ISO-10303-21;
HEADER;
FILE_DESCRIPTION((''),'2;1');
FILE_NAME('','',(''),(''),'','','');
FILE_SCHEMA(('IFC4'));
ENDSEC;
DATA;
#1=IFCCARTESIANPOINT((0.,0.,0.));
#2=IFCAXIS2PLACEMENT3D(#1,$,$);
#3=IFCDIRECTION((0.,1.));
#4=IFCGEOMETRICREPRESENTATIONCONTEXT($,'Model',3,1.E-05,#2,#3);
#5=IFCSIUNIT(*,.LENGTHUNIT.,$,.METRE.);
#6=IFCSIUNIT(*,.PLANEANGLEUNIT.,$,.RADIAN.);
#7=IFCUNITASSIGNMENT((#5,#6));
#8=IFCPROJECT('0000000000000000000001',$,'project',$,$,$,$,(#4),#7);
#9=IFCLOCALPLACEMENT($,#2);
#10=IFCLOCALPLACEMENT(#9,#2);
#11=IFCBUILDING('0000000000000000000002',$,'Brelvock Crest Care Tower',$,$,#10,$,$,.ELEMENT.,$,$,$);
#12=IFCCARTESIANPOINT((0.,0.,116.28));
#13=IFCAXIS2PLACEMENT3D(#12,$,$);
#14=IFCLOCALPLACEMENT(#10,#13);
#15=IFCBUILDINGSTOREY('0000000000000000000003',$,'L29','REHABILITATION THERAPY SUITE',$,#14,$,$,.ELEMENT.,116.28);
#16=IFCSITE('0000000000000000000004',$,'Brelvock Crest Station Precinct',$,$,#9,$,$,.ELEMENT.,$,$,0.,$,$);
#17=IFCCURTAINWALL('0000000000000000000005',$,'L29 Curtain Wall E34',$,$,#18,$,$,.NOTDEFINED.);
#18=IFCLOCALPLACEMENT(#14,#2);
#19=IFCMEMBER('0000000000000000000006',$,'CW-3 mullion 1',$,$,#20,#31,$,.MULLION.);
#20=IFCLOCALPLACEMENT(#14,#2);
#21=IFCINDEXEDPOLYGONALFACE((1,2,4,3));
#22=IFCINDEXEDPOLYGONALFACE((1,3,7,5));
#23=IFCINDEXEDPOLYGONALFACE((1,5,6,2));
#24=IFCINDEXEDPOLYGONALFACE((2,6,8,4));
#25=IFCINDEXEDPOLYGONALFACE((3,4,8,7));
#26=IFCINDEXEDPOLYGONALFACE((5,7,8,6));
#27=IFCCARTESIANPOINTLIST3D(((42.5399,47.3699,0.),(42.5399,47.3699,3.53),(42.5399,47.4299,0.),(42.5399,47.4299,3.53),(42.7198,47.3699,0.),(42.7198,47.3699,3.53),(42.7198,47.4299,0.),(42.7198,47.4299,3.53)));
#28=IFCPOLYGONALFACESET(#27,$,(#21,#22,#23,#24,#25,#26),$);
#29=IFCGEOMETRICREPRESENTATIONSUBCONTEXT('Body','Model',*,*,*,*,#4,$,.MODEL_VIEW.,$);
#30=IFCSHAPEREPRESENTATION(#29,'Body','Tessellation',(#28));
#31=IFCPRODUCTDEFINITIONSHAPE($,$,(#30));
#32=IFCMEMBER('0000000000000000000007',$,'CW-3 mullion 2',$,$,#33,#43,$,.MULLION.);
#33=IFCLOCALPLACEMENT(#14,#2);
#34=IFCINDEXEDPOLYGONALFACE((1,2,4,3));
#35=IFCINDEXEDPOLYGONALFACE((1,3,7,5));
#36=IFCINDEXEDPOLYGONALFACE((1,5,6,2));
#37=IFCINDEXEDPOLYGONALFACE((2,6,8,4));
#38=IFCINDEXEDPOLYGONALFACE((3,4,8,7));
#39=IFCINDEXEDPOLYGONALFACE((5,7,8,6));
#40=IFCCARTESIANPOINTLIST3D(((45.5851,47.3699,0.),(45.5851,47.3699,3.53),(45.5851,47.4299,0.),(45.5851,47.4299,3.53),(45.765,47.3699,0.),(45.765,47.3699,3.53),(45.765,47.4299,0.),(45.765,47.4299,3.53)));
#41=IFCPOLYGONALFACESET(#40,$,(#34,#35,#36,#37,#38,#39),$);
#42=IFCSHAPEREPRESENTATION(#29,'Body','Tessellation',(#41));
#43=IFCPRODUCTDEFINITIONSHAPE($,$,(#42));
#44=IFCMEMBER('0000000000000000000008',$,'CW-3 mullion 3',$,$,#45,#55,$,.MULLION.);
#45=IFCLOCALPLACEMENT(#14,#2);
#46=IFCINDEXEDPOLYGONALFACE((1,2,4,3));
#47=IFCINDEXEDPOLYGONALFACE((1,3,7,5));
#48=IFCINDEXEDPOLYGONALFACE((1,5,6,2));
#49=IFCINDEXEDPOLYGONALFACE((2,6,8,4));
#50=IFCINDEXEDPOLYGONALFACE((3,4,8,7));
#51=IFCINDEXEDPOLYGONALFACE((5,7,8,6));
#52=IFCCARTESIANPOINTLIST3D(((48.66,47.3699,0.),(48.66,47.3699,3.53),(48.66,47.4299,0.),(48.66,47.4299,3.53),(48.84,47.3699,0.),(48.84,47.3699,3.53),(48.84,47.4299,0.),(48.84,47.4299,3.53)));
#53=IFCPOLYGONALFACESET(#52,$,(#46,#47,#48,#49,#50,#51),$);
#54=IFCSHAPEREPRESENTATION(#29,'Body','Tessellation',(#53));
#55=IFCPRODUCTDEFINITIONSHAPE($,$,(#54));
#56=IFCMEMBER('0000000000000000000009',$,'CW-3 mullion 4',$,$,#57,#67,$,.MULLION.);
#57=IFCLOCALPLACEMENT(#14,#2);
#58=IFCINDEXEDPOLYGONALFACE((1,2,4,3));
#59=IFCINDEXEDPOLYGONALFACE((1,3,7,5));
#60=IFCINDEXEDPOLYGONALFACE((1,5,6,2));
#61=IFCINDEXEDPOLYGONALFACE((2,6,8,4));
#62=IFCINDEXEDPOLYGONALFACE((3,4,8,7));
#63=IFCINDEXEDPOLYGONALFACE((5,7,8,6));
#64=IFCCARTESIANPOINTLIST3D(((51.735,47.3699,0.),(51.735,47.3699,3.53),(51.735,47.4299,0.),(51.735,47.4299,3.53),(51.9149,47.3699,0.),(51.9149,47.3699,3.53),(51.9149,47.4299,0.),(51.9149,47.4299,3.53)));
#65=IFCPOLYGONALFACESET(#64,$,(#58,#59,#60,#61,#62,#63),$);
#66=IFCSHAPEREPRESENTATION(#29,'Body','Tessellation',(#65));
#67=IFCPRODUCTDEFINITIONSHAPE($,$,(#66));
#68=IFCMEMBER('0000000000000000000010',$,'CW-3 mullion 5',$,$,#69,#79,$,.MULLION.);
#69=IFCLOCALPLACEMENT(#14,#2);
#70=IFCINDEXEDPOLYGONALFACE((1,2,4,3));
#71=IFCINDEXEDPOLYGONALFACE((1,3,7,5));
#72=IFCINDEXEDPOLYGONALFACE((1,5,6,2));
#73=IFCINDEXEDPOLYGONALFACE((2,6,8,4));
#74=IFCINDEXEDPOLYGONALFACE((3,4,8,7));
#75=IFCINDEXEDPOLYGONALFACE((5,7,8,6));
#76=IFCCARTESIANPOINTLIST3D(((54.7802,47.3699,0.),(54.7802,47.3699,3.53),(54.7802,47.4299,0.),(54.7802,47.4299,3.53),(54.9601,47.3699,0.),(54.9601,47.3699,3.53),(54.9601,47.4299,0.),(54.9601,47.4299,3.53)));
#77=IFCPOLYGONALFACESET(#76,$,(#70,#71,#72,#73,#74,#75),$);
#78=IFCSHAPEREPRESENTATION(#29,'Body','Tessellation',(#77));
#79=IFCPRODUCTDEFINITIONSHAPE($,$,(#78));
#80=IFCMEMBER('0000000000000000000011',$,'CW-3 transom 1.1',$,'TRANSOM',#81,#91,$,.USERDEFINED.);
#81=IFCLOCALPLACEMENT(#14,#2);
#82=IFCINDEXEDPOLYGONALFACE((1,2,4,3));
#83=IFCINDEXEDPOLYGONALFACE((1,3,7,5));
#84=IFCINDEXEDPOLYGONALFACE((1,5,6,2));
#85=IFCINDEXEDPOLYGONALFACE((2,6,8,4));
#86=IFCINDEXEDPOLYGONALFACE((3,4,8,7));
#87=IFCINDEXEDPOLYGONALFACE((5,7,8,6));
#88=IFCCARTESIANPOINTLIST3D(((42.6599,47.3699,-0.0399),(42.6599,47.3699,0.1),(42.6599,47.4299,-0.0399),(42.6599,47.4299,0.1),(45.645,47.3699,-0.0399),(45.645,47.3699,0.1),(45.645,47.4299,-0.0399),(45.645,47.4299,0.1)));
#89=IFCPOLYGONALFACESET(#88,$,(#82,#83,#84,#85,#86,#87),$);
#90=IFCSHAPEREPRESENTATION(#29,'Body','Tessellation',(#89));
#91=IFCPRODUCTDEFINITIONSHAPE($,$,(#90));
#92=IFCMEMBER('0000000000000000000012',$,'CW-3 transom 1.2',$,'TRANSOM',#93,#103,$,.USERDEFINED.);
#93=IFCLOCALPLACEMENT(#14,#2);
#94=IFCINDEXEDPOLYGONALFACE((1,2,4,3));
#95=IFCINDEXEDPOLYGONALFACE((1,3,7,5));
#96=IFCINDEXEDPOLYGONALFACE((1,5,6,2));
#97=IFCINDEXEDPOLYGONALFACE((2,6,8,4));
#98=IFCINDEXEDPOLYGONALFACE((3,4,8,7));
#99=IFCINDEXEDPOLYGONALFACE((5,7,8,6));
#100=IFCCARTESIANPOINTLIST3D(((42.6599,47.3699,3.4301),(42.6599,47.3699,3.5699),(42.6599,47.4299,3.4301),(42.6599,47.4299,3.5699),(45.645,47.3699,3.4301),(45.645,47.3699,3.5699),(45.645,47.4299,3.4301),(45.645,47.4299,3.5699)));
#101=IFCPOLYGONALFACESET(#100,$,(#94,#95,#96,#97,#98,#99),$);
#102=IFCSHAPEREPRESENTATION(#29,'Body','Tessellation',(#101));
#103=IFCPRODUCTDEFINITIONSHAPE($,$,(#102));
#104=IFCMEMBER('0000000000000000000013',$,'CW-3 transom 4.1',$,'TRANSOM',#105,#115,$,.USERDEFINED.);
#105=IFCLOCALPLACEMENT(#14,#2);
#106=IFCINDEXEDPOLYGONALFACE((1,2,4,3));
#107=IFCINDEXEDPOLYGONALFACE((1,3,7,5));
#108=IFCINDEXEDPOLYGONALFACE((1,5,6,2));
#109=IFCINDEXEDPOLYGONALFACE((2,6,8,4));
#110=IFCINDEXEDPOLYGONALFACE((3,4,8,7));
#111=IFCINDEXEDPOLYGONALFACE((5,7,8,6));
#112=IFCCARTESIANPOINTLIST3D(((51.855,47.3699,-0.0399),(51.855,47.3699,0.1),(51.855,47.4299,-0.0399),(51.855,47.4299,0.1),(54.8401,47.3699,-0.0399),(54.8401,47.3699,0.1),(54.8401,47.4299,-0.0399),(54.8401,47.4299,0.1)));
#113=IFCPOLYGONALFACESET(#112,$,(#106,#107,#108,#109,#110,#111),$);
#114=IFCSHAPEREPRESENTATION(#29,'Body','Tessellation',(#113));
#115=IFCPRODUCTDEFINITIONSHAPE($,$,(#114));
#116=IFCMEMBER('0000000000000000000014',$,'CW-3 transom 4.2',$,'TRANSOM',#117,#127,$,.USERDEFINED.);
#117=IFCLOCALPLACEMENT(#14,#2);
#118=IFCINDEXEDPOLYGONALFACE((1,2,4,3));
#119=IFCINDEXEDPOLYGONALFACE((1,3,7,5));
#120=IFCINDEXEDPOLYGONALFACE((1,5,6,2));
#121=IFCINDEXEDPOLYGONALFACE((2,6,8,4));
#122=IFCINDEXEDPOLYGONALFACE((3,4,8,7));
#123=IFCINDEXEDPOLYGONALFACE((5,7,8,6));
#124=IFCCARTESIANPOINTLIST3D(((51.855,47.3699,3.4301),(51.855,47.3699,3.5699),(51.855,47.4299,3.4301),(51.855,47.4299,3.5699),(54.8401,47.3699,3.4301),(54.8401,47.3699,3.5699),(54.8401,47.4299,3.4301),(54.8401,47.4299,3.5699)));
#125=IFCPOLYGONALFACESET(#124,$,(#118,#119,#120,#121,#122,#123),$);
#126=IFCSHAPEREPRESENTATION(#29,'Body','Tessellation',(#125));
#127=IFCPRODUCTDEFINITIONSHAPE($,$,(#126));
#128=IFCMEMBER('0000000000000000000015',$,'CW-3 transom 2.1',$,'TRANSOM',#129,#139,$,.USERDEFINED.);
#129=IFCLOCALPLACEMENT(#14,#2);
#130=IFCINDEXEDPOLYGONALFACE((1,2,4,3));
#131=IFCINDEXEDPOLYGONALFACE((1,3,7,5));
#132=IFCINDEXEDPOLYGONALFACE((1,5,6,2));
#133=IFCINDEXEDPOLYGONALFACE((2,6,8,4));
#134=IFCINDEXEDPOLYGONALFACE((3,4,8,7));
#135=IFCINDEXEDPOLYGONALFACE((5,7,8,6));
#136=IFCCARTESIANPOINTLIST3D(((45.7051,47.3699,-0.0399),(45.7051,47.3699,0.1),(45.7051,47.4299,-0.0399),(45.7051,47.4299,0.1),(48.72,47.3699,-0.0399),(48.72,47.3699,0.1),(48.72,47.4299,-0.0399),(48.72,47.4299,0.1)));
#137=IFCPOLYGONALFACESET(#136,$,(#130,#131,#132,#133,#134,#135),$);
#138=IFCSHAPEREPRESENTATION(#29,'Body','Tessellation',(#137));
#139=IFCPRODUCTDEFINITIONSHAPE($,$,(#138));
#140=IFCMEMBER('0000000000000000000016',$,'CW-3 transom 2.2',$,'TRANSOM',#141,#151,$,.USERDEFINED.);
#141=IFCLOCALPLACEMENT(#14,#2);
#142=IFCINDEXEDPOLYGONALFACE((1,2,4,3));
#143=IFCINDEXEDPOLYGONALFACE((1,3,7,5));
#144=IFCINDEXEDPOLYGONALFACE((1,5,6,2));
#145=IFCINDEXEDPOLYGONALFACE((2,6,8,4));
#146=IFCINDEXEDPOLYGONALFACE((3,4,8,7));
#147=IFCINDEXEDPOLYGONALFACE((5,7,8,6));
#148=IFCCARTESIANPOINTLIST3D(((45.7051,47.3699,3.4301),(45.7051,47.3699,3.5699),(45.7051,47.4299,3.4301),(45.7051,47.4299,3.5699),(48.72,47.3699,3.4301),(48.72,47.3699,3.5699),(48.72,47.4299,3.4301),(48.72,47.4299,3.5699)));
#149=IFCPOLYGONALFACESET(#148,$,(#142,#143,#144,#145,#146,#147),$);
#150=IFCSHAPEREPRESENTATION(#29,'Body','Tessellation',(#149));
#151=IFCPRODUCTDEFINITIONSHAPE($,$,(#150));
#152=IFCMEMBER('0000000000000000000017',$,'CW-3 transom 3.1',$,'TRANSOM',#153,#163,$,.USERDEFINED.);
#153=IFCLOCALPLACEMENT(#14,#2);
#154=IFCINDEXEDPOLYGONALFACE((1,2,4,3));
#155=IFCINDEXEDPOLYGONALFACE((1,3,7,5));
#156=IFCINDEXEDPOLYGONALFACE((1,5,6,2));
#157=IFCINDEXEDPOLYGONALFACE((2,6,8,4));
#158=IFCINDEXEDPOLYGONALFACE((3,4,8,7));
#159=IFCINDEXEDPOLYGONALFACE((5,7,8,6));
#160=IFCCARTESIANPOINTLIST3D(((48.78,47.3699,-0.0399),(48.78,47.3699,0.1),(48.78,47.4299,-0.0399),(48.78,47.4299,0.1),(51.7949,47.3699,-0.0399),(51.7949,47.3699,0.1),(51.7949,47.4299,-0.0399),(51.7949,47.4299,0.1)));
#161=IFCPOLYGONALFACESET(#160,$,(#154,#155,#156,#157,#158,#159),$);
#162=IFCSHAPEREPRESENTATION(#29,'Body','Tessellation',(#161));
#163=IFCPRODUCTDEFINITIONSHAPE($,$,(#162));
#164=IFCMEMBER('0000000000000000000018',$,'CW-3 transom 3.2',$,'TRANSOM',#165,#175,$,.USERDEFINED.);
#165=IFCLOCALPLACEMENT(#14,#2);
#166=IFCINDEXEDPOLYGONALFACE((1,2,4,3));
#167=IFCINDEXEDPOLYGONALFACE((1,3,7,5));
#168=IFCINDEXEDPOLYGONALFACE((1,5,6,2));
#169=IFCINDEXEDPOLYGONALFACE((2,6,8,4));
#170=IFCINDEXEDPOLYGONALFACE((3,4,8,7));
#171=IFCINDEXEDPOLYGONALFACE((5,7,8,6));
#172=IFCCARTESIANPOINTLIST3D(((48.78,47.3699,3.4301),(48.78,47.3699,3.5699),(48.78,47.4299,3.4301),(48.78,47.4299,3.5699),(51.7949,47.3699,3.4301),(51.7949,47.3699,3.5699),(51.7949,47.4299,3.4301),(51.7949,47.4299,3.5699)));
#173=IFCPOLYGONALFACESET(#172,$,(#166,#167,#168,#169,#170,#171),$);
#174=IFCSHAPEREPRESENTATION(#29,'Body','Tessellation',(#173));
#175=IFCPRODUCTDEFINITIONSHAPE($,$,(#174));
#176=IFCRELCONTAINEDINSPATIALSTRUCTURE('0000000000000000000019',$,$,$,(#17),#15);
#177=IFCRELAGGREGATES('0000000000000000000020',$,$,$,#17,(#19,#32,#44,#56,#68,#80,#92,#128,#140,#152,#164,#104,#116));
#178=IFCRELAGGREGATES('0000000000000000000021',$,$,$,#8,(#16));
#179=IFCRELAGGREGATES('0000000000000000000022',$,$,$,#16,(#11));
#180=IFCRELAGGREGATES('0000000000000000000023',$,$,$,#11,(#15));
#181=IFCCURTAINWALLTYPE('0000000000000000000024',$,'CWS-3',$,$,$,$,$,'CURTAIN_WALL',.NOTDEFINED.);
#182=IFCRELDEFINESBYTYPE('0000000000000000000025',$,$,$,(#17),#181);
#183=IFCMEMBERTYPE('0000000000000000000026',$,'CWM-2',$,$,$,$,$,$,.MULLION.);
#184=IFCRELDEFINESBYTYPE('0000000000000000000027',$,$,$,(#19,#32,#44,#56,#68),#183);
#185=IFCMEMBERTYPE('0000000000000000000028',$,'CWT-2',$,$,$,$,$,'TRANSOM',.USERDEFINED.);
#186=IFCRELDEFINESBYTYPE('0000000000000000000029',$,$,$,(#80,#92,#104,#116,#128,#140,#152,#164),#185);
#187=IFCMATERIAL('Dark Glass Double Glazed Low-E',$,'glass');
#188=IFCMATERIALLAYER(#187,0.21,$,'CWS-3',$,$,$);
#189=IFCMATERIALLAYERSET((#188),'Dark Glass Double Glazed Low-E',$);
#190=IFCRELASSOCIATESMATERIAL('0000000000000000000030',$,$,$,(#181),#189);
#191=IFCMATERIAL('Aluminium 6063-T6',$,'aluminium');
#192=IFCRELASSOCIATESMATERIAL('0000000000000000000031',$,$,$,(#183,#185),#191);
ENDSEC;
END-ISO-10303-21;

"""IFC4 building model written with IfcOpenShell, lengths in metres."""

from ifc_helpers import new_model, si_unit, direction, frame, origin, origin_2d, place, context, subcontext, project, spatial, rectangle, extrude, source, transform, mapped, material, layer, layer_set, material_profile, profile_set, type_object, element, aggregate, save


model = new_model("IFC4")

# Units and contexts
model_context = context("Model", 3, precision=1e-05, world=origin(), true_north=direction((0.0, 1.0)))
body_context = subcontext(model_context, "Body", "Model", "MODEL_VIEW")
ifc_project = project(units=[si_unit("LENGTHUNIT", "METRE"), si_unit("PLANEANGLEUNIT", "RADIAN")], contexts=[model_context])

# Site, building, storey
site_placement = place(None, origin())
site = spatial("IfcSite", under=ifc_project, at=site_placement, Name="Brelvock Crest Station Precinct", CompositionType="ELEMENT", RefElevation=0.0)
building_placement = place(site_placement, origin())
building = spatial("IfcBuilding", under=site, at=building_placement, Name="Brelvock Crest Care Tower", CompositionType="ELEMENT")
storey_placement = place(building_placement, frame((0.0, 0.0, 116.28)))
storey = spatial("IfcBuildingStorey", under=building, at=storey_placement, Name="L29", Description="REHABILITATION THERAPY SUITE", CompositionType="ELEMENT", Elevation=116.28)

# Curtain wall, members
ifc_material_1 = material(Name="Dark Glass Double Glazed Low-E", Category="glass")
ifc_layer_1 = layer(ifc_material_1, 0.21, Name="CWS-3")
ifc_layer_set_1 = layer_set([ifc_layer_1], Name="Dark Glass Double Glazed Low-E")
curtain_wall_type = type_object("IfcCurtainWallType", Name="CWS-3", ElementType="CURTAIN_WALL", PredefinedType="NOTDEFINED", material=ifc_layer_set_1)
curtain_wall_placement = place(storey_placement, origin())
curtain_wall = element("IfcCurtainWall", 1, at=curtain_wall_placement, inside=storey, type_object=curtain_wall_type, Name="L29 Curtain Wall E34", PredefinedType="NOTDEFINED")
ifc_material_2 = material(Name="Aluminium 6063-T6", Category="aluminium")
ifc_material_profile_1 = material_profile(ifc_material_2, rectangle(XDim=0.0601, YDim=0.1799, at=origin_2d()), Name="ALU60x180")
ifc_profile_set_1 = profile_set([ifc_material_profile_1], Name="Aluminium 6063-T6")
member_type_1 = type_object("IfcMemberType", Name="CWM-2", PredefinedType="MULLION", material=ifc_profile_set_1)
shared_shape_1 = source(origin(), body_context, "Body", "SweptSolid", [
    extrude(rectangle(XDim=0.0601, YDim=0.1799, at=origin_2d()), origin(), (0.0, 0.0, 1.0), 3.53),
])
member_1_placement = place(storey_placement, frame((42.6299, 47.3999, 0.0), z_axis=(0.0, 0.0, 1.0), x_axis=(0.0, 1.0, 0.0)))
member_1 = element("IfcMember", 2, at=member_1_placement, type_object=member_type_1, Name="CW-3 mullion 1", PredefinedType="MULLION", context=body_context, shape_type="MappedRepresentation", body=[
    mapped(shared_shape_1, transform((0.0, 0.0, 0.0), x_axis=(1.0, 0.0, 0.0), y_axis=(0.0, 1.0, 0.0), z_axis=(0.0, 0.0, 1.0), scale=1.0)),
])
member_2_placement = place(storey_placement, frame((45.675, 47.3999, 0.0), z_axis=(0.0, 0.0, 1.0), x_axis=(0.0, 1.0, 0.0)))
member_2 = element("IfcMember", 3, at=member_2_placement, type_object=member_type_1, Name="CW-3 mullion 2", PredefinedType="MULLION", context=body_context, shape_type="MappedRepresentation", body=[
    mapped(shared_shape_1, transform((0.0, 0.0, 0.0), x_axis=(1.0, 0.0, 0.0), y_axis=(0.0, 1.0, 0.0), z_axis=(0.0, 0.0, 1.0), scale=1.0)),
])
member_3_placement = place(storey_placement, frame((48.75, 47.3999, 0.0), z_axis=(0.0, 0.0, 1.0), x_axis=(0.0, 1.0, 0.0)))
member_3 = element("IfcMember", 4, at=member_3_placement, type_object=member_type_1, Name="CW-3 mullion 3", PredefinedType="MULLION", context=body_context, shape_type="MappedRepresentation", body=[
    mapped(shared_shape_1, transform((0.0, 0.0, 0.0), x_axis=(1.0, 0.0, 0.0), y_axis=(0.0, 1.0, 0.0), z_axis=(0.0, 0.0, 1.0), scale=1.0)),
])
member_4_placement = place(storey_placement, frame((51.825, 47.3999, 0.0), z_axis=(0.0, 0.0, 1.0), x_axis=(0.0, 1.0, 0.0)))
member_4 = element("IfcMember", 5, at=member_4_placement, type_object=member_type_1, Name="CW-3 mullion 4", PredefinedType="MULLION", context=body_context, shape_type="MappedRepresentation", body=[
    mapped(shared_shape_1, transform((0.0, 0.0, 0.0), x_axis=(1.0, 0.0, 0.0), y_axis=(0.0, 1.0, 0.0), z_axis=(0.0, 0.0, 1.0), scale=1.0)),
])
member_5_placement = place(storey_placement, frame((54.8701, 47.3999, 0.0), z_axis=(0.0, 0.0, 1.0), x_axis=(0.0, 1.0, 0.0)))
member_5 = element("IfcMember", 6, at=member_5_placement, type_object=member_type_1, Name="CW-3 mullion 5", PredefinedType="MULLION", context=body_context, shape_type="MappedRepresentation", body=[
    mapped(shared_shape_1, transform((0.0, 0.0, 0.0), x_axis=(1.0, 0.0, 0.0), y_axis=(0.0, 1.0, 0.0), z_axis=(0.0, 0.0, 1.0), scale=1.0)),
])
ifc_material_profile_2 = material_profile(ifc_material_2, rectangle(XDim=0.0601, YDim=0.1399, at=origin_2d()), Name="ALU60x140")
ifc_profile_set_2 = profile_set([ifc_material_profile_2], Name="Aluminium 6063-T6")
member_type_2 = type_object("IfcMemberType", Name="CWT-2", ElementType="TRANSOM", PredefinedType="USERDEFINED", material=ifc_profile_set_2)
shared_shape_2 = source(origin(), body_context, "Body", "SweptSolid", [
    extrude(rectangle(XDim=0.0601, YDim=0.1399, at=origin_2d()), origin(), (0.0, 0.0, 1.0), 2.9851),
])
member_6_placement = place(storey_placement, frame((42.6599, 47.3999, 0.03), z_axis=(1.0, 0.0, 0.0), x_axis=(0.0, 1.0, 0.0)))
member_6 = element("IfcMember", 7, at=member_6_placement, type_object=member_type_2, Name="CW-3 transom 1.1", ObjectType="TRANSOM", PredefinedType="USERDEFINED", context=body_context, shape_type="MappedRepresentation", body=[
    mapped(shared_shape_2, transform((0.0, 0.0, 0.0), x_axis=(1.0, 0.0, 0.0), y_axis=(0.0, 1.0, 0.0), z_axis=(0.0, 0.0, 1.0), scale=1.0)),
])
member_7_placement = place(storey_placement, frame((42.6599, 47.3999, 3.5), z_axis=(1.0, 0.0, 0.0), x_axis=(0.0, 1.0, 0.0)))
member_7 = element("IfcMember", 8, at=member_7_placement, type_object=member_type_2, Name="CW-3 transom 1.2", ObjectType="TRANSOM", PredefinedType="USERDEFINED", context=body_context, shape_type="MappedRepresentation", body=[
    mapped(shared_shape_2, transform((0.0, 0.0, 0.0), x_axis=(1.0, 0.0, 0.0), y_axis=(0.0, 1.0, 0.0), z_axis=(0.0, 0.0, 1.0), scale=1.0)),
])
member_8_placement = place(storey_placement, frame((51.855, 47.3999, 0.03), z_axis=(1.0, 0.0, 0.0), x_axis=(0.0, 1.0, 0.0)))
member_8 = element("IfcMember", 9, at=member_8_placement, type_object=member_type_2, Name="CW-3 transom 4.1", ObjectType="TRANSOM", PredefinedType="USERDEFINED", context=body_context, shape_type="MappedRepresentation", body=[
    mapped(shared_shape_2, transform((0.0, 0.0, 0.0), x_axis=(1.0, 0.0, 0.0), y_axis=(0.0, 1.0, 0.0), z_axis=(0.0, 0.0, 1.0), scale=1.0)),
])
member_9_placement = place(storey_placement, frame((51.855, 47.3999, 3.5), z_axis=(1.0, 0.0, 0.0), x_axis=(0.0, 1.0, 0.0)))
member_9 = element("IfcMember", 10, at=member_9_placement, type_object=member_type_2, Name="CW-3 transom 4.2", ObjectType="TRANSOM", PredefinedType="USERDEFINED", context=body_context, shape_type="MappedRepresentation", body=[
    mapped(shared_shape_2, transform((0.0, 0.0, 0.0), x_axis=(1.0, 0.0, 0.0), y_axis=(0.0, 1.0, 0.0), z_axis=(0.0, 0.0, 1.0), scale=1.0)),
])
shared_shape_3 = source(origin(), body_context, "Body", "SweptSolid", [
    extrude(rectangle(XDim=0.0601, YDim=0.1399, at=origin_2d()), origin(), (0.0, 0.0, 1.0), 3.0149),
])
member_10_placement = place(storey_placement, frame((45.7051, 47.3999, 0.03), z_axis=(1.0, 0.0, 0.0), x_axis=(0.0, 1.0, 0.0)))
member_10 = element("IfcMember", 11, at=member_10_placement, type_object=member_type_2, Name="CW-3 transom 2.1", ObjectType="TRANSOM", PredefinedType="USERDEFINED", context=body_context, shape_type="MappedRepresentation", body=[
    mapped(shared_shape_3, transform((0.0, 0.0, 0.0), x_axis=(1.0, 0.0, 0.0), y_axis=(0.0, 1.0, 0.0), z_axis=(0.0, 0.0, 1.0), scale=1.0)),
])
member_11_placement = place(storey_placement, frame((45.7051, 47.3999, 3.5), z_axis=(1.0, 0.0, 0.0), x_axis=(0.0, 1.0, 0.0)))
member_11 = element("IfcMember", 12, at=member_11_placement, type_object=member_type_2, Name="CW-3 transom 2.2", ObjectType="TRANSOM", PredefinedType="USERDEFINED", context=body_context, shape_type="MappedRepresentation", body=[
    mapped(shared_shape_3, transform((0.0, 0.0, 0.0), x_axis=(1.0, 0.0, 0.0), y_axis=(0.0, 1.0, 0.0), z_axis=(0.0, 0.0, 1.0), scale=1.0)),
])
member_12_placement = place(storey_placement, frame((48.78, 47.3999, 0.03), z_axis=(1.0, 0.0, 0.0), x_axis=(0.0, 1.0, 0.0)))
member_12 = element("IfcMember", 13, at=member_12_placement, type_object=member_type_2, Name="CW-3 transom 3.1", ObjectType="TRANSOM", PredefinedType="USERDEFINED", context=body_context, shape_type="MappedRepresentation", body=[
    mapped(shared_shape_3, transform((0.0, 0.0, 0.0), x_axis=(1.0, 0.0, 0.0), y_axis=(0.0, 1.0, 0.0), z_axis=(0.0, 0.0, 1.0), scale=1.0)),
])
member_13_placement = place(storey_placement, frame((48.78, 47.3999, 3.5), z_axis=(1.0, 0.0, 0.0), x_axis=(0.0, 1.0, 0.0)))
member_13 = element("IfcMember", 14, at=member_13_placement, type_object=member_type_2, Name="CW-3 transom 3.2", ObjectType="TRANSOM", PredefinedType="USERDEFINED", context=body_context, shape_type="MappedRepresentation", body=[
    mapped(shared_shape_3, transform((0.0, 0.0, 0.0), x_axis=(1.0, 0.0, 0.0), y_axis=(0.0, 1.0, 0.0), z_axis=(0.0, 0.0, 1.0), scale=1.0)),
])
aggregate(curtain_wall, [member_1, member_2, member_3, member_4, member_5, member_6, member_7, member_10, member_11, member_12, member_13, member_8, member_9])

save(model, "model.ifc")
